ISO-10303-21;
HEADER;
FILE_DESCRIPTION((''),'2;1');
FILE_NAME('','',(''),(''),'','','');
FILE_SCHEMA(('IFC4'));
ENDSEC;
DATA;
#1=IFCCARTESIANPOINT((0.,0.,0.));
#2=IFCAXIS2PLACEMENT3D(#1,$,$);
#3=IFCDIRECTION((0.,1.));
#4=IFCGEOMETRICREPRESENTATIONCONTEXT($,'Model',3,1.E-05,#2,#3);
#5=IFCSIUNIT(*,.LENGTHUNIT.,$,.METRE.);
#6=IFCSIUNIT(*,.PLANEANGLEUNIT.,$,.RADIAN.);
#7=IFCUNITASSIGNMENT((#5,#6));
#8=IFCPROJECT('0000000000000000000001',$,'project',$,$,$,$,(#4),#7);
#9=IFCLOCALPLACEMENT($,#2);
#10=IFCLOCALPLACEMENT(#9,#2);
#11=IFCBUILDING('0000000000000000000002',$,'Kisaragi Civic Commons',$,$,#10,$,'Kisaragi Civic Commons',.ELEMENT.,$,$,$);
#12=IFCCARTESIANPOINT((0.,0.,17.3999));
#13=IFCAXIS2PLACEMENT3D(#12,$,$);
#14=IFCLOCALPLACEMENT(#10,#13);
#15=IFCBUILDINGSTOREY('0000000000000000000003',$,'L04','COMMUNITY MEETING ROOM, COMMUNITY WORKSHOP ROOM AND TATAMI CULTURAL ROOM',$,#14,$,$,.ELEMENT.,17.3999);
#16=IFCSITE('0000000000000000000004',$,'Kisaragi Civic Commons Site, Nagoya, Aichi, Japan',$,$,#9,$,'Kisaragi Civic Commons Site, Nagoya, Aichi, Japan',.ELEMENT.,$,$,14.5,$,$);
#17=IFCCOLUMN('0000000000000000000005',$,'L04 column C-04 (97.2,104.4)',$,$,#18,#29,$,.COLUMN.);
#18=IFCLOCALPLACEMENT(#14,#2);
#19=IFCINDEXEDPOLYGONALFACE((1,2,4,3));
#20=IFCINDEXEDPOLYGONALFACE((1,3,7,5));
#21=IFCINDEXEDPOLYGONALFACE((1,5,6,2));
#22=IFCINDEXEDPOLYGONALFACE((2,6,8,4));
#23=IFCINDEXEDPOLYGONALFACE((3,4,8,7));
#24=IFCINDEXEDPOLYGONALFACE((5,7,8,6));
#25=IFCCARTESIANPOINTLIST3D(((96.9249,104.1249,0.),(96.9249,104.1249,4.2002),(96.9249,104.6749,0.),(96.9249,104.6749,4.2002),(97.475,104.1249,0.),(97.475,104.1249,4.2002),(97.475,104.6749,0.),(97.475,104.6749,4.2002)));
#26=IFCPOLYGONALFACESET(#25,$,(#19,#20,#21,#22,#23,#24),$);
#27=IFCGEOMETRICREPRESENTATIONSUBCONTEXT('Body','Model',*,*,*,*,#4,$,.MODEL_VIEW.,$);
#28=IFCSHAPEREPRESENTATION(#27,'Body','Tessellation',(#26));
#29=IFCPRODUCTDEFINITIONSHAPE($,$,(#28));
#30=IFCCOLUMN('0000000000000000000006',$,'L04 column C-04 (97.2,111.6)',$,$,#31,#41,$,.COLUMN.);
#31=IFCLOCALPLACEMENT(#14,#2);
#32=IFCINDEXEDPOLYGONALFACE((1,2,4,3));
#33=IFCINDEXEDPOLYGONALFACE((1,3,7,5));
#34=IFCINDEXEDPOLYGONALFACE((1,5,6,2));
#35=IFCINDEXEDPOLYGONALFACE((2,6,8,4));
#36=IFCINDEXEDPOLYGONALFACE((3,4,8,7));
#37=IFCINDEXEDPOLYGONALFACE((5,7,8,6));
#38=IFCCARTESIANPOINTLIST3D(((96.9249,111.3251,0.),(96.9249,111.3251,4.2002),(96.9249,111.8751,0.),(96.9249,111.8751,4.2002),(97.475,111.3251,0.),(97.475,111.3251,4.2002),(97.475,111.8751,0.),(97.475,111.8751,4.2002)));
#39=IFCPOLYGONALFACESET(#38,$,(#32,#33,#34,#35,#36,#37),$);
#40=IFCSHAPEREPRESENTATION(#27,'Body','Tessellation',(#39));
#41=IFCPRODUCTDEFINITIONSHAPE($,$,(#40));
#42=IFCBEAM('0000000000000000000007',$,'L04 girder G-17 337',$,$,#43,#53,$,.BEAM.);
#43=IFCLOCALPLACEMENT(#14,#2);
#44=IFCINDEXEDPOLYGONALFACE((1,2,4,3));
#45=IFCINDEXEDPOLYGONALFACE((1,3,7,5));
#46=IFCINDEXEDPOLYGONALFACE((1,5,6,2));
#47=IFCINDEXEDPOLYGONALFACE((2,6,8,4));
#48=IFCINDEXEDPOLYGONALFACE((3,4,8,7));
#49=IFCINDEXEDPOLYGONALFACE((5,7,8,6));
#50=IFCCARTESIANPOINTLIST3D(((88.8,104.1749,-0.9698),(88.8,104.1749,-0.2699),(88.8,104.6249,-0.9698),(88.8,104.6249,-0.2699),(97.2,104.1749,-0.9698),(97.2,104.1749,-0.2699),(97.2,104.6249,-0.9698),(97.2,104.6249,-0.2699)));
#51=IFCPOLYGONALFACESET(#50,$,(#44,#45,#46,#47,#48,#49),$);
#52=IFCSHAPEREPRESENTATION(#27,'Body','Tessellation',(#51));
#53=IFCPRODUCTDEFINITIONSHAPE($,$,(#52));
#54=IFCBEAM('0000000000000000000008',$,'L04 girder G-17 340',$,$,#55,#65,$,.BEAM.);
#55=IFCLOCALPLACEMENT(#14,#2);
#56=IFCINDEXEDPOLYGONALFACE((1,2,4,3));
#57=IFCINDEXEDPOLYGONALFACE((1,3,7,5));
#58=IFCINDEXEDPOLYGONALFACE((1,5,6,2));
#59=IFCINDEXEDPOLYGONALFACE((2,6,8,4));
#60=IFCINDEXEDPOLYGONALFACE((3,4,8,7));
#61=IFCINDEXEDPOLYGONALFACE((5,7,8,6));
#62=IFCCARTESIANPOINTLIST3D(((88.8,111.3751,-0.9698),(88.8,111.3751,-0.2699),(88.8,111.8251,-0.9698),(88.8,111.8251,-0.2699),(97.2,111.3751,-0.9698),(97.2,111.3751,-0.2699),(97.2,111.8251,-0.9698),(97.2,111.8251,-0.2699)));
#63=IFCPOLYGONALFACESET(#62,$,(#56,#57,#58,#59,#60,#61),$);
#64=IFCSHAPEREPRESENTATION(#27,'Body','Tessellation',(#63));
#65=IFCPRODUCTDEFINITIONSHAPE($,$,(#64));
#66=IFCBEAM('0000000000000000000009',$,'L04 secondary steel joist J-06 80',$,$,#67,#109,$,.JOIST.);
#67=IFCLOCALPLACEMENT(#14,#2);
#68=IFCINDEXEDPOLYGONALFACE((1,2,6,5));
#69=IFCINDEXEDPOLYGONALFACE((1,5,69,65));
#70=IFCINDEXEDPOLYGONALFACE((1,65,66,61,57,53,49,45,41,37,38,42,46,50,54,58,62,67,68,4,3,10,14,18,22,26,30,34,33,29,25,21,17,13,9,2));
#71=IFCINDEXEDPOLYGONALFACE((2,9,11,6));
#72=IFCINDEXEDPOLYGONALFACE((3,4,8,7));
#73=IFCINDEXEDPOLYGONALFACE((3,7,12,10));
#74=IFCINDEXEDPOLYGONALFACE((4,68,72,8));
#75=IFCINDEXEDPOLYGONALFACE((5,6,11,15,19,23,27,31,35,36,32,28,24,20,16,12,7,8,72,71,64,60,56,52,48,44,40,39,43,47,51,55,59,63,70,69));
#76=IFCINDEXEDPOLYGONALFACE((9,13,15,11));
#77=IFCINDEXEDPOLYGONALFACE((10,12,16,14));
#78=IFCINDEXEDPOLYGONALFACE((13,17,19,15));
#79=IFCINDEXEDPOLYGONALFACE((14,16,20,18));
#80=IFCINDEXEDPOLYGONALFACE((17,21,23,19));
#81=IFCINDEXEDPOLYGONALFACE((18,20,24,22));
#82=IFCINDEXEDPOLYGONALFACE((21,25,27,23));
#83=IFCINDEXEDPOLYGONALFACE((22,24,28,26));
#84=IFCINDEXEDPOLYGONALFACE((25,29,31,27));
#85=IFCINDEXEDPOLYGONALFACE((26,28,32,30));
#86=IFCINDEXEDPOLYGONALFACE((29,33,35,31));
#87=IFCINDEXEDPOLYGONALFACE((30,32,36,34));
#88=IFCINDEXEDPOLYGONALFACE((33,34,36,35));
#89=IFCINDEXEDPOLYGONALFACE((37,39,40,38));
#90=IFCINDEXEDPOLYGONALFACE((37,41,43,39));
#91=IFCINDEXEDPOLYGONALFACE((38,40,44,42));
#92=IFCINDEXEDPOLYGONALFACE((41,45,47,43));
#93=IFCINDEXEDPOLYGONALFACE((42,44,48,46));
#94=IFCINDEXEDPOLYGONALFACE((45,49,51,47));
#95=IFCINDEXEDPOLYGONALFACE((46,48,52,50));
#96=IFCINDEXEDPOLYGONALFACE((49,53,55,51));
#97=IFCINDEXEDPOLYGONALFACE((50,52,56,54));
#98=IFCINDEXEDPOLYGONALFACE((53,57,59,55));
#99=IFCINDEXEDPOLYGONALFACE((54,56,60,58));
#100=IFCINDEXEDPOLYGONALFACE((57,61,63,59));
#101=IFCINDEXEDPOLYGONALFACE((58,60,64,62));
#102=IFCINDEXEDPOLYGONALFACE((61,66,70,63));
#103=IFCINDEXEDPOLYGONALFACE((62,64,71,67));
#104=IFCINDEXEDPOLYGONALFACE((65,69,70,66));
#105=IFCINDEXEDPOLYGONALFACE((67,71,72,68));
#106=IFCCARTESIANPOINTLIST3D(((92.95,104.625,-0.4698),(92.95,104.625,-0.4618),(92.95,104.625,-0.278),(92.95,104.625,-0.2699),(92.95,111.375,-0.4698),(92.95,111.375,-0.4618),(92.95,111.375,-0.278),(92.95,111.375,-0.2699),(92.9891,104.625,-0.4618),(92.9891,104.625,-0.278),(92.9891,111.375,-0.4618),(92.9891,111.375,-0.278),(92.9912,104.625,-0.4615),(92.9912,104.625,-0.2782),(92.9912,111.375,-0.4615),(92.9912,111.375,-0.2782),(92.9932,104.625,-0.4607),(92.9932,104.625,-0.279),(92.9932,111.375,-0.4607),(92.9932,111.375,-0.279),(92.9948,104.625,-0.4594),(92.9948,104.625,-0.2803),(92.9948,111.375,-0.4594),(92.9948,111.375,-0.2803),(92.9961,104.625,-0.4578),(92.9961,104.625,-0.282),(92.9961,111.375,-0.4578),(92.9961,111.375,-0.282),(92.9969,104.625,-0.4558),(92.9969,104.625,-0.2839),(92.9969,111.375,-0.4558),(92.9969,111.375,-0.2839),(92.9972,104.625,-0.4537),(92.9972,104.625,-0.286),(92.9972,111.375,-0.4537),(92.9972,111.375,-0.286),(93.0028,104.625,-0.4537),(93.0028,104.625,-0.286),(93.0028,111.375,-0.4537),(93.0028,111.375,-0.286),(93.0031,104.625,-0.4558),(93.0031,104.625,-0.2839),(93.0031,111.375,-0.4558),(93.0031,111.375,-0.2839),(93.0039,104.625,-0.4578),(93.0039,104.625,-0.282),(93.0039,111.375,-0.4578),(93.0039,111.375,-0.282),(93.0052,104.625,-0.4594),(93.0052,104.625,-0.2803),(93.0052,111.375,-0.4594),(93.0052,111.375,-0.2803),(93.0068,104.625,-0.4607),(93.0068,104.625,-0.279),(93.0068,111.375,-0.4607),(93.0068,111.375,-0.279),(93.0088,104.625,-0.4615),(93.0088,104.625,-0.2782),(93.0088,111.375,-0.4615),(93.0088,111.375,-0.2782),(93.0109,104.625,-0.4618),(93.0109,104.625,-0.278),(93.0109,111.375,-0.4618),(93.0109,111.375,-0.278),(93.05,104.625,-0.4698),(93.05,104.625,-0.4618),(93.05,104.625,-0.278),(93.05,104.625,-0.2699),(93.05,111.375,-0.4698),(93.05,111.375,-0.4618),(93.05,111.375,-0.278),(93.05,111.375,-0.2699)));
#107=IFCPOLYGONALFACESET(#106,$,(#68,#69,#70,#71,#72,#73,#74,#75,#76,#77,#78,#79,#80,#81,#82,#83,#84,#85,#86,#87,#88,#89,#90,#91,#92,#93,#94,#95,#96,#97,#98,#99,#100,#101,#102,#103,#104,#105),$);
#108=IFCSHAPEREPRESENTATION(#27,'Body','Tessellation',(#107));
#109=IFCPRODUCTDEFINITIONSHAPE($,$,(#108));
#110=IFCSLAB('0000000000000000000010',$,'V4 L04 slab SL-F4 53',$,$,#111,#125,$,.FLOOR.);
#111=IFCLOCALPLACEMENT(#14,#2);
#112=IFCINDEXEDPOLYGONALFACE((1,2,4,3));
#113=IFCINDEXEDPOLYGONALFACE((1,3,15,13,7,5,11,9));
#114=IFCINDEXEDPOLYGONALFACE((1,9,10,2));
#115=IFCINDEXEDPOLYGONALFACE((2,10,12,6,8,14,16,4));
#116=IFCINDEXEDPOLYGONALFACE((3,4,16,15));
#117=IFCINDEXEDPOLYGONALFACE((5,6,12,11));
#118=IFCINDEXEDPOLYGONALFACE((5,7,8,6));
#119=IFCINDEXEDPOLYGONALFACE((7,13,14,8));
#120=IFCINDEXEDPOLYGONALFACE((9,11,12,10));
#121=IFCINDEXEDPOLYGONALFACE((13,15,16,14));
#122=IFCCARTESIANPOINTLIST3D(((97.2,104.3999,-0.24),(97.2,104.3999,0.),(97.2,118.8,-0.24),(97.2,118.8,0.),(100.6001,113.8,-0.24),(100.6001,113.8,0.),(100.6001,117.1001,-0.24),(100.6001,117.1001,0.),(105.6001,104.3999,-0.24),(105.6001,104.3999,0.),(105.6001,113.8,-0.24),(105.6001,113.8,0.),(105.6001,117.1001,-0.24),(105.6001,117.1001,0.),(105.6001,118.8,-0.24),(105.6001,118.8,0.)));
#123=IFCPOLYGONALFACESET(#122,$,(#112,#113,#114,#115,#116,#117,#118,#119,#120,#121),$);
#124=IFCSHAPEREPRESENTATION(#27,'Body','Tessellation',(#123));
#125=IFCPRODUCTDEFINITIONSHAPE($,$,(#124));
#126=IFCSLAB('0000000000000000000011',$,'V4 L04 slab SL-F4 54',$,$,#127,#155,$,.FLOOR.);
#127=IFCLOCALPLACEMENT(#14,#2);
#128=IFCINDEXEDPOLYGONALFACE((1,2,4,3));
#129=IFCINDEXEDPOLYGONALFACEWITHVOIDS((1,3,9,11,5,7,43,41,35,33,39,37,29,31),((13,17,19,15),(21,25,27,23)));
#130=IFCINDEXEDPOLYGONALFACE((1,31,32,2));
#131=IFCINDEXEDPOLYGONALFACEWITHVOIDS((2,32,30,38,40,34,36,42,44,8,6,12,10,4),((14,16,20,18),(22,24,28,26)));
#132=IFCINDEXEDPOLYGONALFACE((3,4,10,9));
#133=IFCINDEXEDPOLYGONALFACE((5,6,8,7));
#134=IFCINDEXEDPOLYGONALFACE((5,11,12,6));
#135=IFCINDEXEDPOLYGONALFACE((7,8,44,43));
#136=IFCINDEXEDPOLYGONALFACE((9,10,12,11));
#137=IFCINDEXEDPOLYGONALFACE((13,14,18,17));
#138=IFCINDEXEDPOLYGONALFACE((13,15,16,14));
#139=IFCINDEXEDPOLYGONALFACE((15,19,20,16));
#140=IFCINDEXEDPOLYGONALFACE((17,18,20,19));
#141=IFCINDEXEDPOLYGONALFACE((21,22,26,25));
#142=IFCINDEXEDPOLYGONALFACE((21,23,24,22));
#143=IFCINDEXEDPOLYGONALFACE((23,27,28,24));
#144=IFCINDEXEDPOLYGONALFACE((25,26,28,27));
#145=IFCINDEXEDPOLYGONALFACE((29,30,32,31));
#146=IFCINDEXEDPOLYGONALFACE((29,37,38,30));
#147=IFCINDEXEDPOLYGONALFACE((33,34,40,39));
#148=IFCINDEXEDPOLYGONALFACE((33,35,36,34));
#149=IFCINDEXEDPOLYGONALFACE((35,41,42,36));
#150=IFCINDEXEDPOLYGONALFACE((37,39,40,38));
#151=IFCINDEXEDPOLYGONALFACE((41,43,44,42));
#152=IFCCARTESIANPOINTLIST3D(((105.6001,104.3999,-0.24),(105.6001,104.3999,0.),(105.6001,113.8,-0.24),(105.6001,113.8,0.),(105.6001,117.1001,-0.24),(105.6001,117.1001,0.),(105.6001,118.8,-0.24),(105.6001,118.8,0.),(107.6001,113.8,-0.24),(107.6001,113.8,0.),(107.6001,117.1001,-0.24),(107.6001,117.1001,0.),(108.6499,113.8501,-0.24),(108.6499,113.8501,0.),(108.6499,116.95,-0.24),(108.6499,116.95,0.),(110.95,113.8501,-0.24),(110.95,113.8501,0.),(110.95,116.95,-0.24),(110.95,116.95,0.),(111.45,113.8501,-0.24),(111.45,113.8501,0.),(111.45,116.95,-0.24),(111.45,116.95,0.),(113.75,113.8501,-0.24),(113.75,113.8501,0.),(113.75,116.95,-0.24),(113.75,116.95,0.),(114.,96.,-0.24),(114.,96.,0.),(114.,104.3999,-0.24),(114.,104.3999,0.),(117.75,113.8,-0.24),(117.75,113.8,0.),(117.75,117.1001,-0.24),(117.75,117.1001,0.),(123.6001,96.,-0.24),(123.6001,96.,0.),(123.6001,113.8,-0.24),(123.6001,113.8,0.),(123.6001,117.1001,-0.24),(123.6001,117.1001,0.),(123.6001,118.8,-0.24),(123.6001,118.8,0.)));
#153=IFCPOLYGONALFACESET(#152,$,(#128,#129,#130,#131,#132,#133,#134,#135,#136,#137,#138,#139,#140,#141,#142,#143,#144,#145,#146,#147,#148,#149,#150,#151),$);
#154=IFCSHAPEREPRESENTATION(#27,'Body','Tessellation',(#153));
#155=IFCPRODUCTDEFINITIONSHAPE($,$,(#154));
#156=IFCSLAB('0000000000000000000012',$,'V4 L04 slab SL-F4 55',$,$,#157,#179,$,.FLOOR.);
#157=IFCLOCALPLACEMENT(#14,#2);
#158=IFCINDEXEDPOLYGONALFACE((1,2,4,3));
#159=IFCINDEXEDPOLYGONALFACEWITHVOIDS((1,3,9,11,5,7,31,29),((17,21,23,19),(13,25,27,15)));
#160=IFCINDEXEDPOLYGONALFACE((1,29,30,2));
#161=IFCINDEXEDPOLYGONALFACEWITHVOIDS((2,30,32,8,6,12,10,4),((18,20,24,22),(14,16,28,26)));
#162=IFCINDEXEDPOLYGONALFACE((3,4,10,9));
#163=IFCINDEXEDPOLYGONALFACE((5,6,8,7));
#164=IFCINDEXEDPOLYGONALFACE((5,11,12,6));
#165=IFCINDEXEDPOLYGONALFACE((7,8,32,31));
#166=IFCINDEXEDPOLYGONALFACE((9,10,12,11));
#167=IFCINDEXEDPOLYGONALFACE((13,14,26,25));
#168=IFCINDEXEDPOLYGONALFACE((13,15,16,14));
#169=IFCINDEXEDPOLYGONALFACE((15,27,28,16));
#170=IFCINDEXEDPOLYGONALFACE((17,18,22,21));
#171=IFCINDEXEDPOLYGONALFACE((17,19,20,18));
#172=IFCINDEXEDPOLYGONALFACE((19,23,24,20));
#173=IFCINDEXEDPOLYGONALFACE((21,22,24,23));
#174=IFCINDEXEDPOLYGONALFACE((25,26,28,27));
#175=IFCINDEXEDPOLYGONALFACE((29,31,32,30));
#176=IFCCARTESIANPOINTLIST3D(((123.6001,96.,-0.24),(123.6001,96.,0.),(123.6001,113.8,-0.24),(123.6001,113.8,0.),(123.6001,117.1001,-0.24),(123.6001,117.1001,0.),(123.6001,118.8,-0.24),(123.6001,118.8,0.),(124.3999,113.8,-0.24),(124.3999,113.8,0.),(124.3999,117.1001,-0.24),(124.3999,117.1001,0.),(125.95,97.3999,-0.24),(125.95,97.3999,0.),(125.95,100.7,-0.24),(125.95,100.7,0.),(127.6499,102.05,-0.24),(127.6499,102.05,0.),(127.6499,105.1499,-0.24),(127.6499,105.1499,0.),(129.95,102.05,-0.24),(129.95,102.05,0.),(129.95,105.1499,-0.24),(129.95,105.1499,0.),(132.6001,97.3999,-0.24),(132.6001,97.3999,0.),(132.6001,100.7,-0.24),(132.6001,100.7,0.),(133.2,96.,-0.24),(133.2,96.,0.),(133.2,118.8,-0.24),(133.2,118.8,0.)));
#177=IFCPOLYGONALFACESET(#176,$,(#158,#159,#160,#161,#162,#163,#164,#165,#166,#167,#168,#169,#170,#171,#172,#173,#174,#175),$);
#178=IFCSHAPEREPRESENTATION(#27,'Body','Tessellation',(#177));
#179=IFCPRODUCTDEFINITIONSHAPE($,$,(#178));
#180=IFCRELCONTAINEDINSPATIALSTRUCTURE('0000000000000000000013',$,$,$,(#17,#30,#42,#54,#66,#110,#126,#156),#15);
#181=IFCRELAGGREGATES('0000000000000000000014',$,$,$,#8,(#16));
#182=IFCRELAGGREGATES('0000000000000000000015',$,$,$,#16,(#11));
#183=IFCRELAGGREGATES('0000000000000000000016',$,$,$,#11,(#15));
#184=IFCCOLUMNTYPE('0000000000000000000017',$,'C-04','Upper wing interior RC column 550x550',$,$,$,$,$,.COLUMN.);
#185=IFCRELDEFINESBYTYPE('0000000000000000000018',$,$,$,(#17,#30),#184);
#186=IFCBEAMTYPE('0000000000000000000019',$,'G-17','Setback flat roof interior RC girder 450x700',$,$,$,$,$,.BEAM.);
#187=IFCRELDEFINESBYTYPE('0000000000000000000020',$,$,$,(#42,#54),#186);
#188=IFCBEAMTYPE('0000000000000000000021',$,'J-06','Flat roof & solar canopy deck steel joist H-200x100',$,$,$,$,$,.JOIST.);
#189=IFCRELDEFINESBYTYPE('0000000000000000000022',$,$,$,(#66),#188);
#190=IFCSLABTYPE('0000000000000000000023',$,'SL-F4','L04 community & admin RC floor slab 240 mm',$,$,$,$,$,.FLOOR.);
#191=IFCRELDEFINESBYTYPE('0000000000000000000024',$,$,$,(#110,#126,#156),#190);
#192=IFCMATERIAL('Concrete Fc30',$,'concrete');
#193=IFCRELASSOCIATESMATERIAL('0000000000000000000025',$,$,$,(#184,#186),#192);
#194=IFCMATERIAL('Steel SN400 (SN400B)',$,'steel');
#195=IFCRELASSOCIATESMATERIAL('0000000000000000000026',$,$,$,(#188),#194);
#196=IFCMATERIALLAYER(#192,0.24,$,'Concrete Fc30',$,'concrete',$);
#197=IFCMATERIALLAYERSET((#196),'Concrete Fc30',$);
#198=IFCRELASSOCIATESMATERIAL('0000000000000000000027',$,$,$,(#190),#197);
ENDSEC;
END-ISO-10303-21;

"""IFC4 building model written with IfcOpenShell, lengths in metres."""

from ifc_helpers import new_model, si_unit, direction, frame, origin, origin_2d, place, context, subcontext, project, spatial, polyline, rectangle, i_section, outline, extrude, material, layer, layer_set, material_profile, profile_set, type_object, element, save


model = new_model("IFC4")

# Units and contexts
model_context = context("Model", 3, precision=1e-05, world=origin(), true_north=direction((0.0, 1.0)))
body_context = subcontext(model_context, "Body", "Model", "MODEL_VIEW")
ifc_project = project(units=[si_unit("LENGTHUNIT", "METRE"), si_unit("PLANEANGLEUNIT", "RADIAN")], contexts=[model_context])

# Site, building, storey
site_placement = place(None, origin())
site = spatial("IfcSite", under=ifc_project, at=site_placement, Name="Kisaragi Civic Commons Site, Nagoya, Aichi, Japan", LongName="Kisaragi Civic Commons Site, Nagoya, Aichi, Japan", CompositionType="ELEMENT", RefElevation=14.5)
building_placement = place(site_placement, origin())
building = spatial("IfcBuilding", under=site, at=building_placement, Name="Kisaragi Civic Commons", LongName="Kisaragi Civic Commons", CompositionType="ELEMENT")
storey_placement = place(building_placement, frame((0.0, 0.0, 17.3999)))
storey = spatial("IfcBuildingStorey", under=building, at=storey_placement, Name="L04", Description="COMMUNITY MEETING ROOM, COMMUNITY WORKSHOP ROOM AND TATAMI CULTURAL ROOM", CompositionType="ELEMENT", Elevation=17.3999)

# Columns
ifc_material_1 = material(Name="Concrete Fc30", Category="concrete")
ifc_material_profile_1 = material_profile(ifc_material_1, rectangle(XDim=0.55, YDim=0.55, at=origin_2d()), Name="RC-550x550", Category="concrete")
ifc_profile_set_1 = profile_set([ifc_material_profile_1], Name="Concrete Fc30")
column_type = type_object("IfcColumnType", Name="C-04", Description="Upper wing interior RC column 550x550", PredefinedType="COLUMN", material=ifc_profile_set_1)
for number, where, z_axis, x_axis, name in (
    (1, (97.2, 104.3999, 0.0), (0.0, 0.0, 1.0), (1.0, 0.0, 0.0), "L04 column C-04 (97.2,104.4)"),
    (2, (97.2, 111.6001, 0.0), (0.0, 0.0, 1.0), (1.0, 0.0, 0.0), "L04 column C-04 (97.2,111.6)"),
):
    element("IfcColumn", number, at=place(storey_placement, frame(where, z_axis=z_axis, x_axis=x_axis)), inside=storey, type_object=column_type, Name=name, PredefinedType="COLUMN", context=body_context, shape_type="SweptSolid", body=[
        extrude(rectangle(XDim=0.55, YDim=0.55, at=origin_2d()), origin(), (0.0, 0.0, 1.0), 4.2002),
    ])

# Beams
ifc_material_profile_2 = material_profile(ifc_material_1, rectangle(XDim=0.45, YDim=0.7, at=origin_2d()), Name="RC-450x700", Category="concrete")
ifc_profile_set_2 = profile_set([ifc_material_profile_2], Name="Concrete Fc30")
beam_type_1 = type_object("IfcBeamType", Name="G-17", Description="Setback flat roof interior RC girder 450x700", PredefinedType="BEAM", material=ifc_profile_set_2)
for number, where, z_axis, x_axis, name in (
    (3, (88.8, 104.3999, -0.6199), (1.0, 0.0, 0.0), (0.0, 1.0, 0.0), "L04 girder G-17 337"),
    (4, (88.8, 111.6001, -0.6199), (1.0, 0.0, 0.0), (0.0, 1.0, 0.0), "L04 girder G-17 340"),
):
    element("IfcBeam", number, at=place(storey_placement, frame(where, z_axis=z_axis, x_axis=x_axis)), inside=storey, type_object=beam_type_1, Name=name, PredefinedType="BEAM", context=body_context, shape_type="SweptSolid", body=[
        extrude(rectangle(XDim=0.45, YDim=0.7, at=origin_2d()), origin(), (0.0, 0.0, 1.0), 8.3999),
    ])
ifc_material_2 = material(Name="Steel SN400 (SN400B)", Category="steel")
ifc_material_profile_3 = material_profile(ifc_material_2, i_section(OverallWidth=0.1001, OverallDepth=0.2, WebThickness=0.0056, FlangeThickness=0.0081, FilletRadius=0.0081, at=origin_2d()), Name="H-200x100x5.5x8", Category="steel")
ifc_profile_set_3 = profile_set([ifc_material_profile_3], Name="Steel SN400 (SN400B)")
beam_type_2 = type_object("IfcBeamType", Name="J-06", Description="Flat roof & solar canopy deck steel joist H-200x100", PredefinedType="JOIST", material=ifc_profile_set_3)
beam_placement = place(storey_placement, frame((93.0, 104.625, -0.3699), z_axis=(0.0, 1.0, 0.0), x_axis=(-1.0, 0.0, 0.0)))
element("IfcBeam", 5, at=beam_placement, inside=storey, type_object=beam_type_2, Name="L04 secondary steel joist J-06 80", PredefinedType="JOIST", context=body_context, shape_type="SweptSolid", body=[
    extrude(i_section(OverallWidth=0.1001, OverallDepth=0.2, WebThickness=0.0056, FlangeThickness=0.0081, FilletRadius=0.0081, at=origin_2d()), origin(), (0.0, 0.0, 1.0), 6.75),
])

# Slabs
ifc_layer_1 = layer(ifc_material_1, 0.24, Name="Concrete Fc30", Category="concrete")
ifc_layer_set_1 = layer_set([ifc_layer_1], Name="Concrete Fc30")
slab_type_1 = type_object("IfcSlabType", Name="SL-F4", Description="L04 community & admin RC floor slab 240 mm", PredefinedType="FLOOR", material=ifc_layer_set_1)
slab_1_placement = place(storey_placement, frame((0.0, 0.0, -0.24)))
element("IfcSlab", 6, at=slab_1_placement, inside=storey, type_object=slab_type_1, Name="V4 L04 slab SL-F4 53", PredefinedType="FLOOR", context=body_context, shape_type="SweptSolid", body=[
    extrude(outline(polyline([(97.2, 118.8), (97.2, 104.3999), (105.6001, 104.3999), (105.6001, 113.8), (100.6001, 113.8), (100.6001, 117.1001), (105.6001, 117.1001), (105.6001, 118.8), (97.2, 118.8)])), origin(), (0.0, 0.0, 1.0), 0.24),
])
slab_2_placement = place(storey_placement, frame((0.0, 0.0, -0.24)))
element("IfcSlab", 7, at=slab_2_placement, inside=storey, type_object=slab_type_1, Name="V4 L04 slab SL-F4 54", PredefinedType="FLOOR", context=body_context, shape_type="SweptSolid", body=[
    extrude(outline(polyline([(105.6001, 118.8), (105.6001, 117.1001), (107.6001, 117.1001), (107.6001, 113.8), (105.6001, 113.8), (105.6001, 104.3999), (114.0, 104.3999), (114.0, 96.0), (123.6001, 96.0), (123.6001, 113.8), (117.75, 113.8), (117.75, 117.1001), (123.6001, 117.1001), (123.6001, 118.8), (105.6001, 118.8)]), holes=[polyline([(108.6499, 116.95), (108.6499, 113.8501), (110.95, 113.8501), (110.95, 116.95), (108.6499, 116.95)]), polyline([(111.45, 113.8501), (113.75, 113.8501), (113.75, 116.95), (111.45, 116.95), (111.45, 113.8501)])]), origin(), (0.0, 0.0, 1.0), 0.24),
])
slab_3_placement = place(storey_placement, frame((0.0, 0.0, -0.24)))
element("IfcSlab", 8, at=slab_3_placement, inside=storey, type_object=slab_type_1, Name="V4 L04 slab SL-F4 55", PredefinedType="FLOOR", context=body_context, shape_type="SweptSolid", body=[
    extrude(outline(polyline([(123.6001, 118.8), (123.6001, 117.1001), (124.3999, 117.1001), (124.3999, 113.8), (123.6001, 113.8), (123.6001, 96.0), (133.2, 96.0), (133.2, 118.8), (123.6001, 118.8)]), holes=[polyline([(125.95, 97.3999), (132.6001, 97.3999), (132.6001, 100.7), (125.95, 100.7), (125.95, 97.3999)]), polyline([(127.6499, 105.1499), (127.6499, 102.05), (129.95, 102.05), (129.95, 105.1499), (127.6499, 105.1499)])]), origin(), (0.0, 0.0, 1.0), 0.24),
])

save(model, "model.ifc")
